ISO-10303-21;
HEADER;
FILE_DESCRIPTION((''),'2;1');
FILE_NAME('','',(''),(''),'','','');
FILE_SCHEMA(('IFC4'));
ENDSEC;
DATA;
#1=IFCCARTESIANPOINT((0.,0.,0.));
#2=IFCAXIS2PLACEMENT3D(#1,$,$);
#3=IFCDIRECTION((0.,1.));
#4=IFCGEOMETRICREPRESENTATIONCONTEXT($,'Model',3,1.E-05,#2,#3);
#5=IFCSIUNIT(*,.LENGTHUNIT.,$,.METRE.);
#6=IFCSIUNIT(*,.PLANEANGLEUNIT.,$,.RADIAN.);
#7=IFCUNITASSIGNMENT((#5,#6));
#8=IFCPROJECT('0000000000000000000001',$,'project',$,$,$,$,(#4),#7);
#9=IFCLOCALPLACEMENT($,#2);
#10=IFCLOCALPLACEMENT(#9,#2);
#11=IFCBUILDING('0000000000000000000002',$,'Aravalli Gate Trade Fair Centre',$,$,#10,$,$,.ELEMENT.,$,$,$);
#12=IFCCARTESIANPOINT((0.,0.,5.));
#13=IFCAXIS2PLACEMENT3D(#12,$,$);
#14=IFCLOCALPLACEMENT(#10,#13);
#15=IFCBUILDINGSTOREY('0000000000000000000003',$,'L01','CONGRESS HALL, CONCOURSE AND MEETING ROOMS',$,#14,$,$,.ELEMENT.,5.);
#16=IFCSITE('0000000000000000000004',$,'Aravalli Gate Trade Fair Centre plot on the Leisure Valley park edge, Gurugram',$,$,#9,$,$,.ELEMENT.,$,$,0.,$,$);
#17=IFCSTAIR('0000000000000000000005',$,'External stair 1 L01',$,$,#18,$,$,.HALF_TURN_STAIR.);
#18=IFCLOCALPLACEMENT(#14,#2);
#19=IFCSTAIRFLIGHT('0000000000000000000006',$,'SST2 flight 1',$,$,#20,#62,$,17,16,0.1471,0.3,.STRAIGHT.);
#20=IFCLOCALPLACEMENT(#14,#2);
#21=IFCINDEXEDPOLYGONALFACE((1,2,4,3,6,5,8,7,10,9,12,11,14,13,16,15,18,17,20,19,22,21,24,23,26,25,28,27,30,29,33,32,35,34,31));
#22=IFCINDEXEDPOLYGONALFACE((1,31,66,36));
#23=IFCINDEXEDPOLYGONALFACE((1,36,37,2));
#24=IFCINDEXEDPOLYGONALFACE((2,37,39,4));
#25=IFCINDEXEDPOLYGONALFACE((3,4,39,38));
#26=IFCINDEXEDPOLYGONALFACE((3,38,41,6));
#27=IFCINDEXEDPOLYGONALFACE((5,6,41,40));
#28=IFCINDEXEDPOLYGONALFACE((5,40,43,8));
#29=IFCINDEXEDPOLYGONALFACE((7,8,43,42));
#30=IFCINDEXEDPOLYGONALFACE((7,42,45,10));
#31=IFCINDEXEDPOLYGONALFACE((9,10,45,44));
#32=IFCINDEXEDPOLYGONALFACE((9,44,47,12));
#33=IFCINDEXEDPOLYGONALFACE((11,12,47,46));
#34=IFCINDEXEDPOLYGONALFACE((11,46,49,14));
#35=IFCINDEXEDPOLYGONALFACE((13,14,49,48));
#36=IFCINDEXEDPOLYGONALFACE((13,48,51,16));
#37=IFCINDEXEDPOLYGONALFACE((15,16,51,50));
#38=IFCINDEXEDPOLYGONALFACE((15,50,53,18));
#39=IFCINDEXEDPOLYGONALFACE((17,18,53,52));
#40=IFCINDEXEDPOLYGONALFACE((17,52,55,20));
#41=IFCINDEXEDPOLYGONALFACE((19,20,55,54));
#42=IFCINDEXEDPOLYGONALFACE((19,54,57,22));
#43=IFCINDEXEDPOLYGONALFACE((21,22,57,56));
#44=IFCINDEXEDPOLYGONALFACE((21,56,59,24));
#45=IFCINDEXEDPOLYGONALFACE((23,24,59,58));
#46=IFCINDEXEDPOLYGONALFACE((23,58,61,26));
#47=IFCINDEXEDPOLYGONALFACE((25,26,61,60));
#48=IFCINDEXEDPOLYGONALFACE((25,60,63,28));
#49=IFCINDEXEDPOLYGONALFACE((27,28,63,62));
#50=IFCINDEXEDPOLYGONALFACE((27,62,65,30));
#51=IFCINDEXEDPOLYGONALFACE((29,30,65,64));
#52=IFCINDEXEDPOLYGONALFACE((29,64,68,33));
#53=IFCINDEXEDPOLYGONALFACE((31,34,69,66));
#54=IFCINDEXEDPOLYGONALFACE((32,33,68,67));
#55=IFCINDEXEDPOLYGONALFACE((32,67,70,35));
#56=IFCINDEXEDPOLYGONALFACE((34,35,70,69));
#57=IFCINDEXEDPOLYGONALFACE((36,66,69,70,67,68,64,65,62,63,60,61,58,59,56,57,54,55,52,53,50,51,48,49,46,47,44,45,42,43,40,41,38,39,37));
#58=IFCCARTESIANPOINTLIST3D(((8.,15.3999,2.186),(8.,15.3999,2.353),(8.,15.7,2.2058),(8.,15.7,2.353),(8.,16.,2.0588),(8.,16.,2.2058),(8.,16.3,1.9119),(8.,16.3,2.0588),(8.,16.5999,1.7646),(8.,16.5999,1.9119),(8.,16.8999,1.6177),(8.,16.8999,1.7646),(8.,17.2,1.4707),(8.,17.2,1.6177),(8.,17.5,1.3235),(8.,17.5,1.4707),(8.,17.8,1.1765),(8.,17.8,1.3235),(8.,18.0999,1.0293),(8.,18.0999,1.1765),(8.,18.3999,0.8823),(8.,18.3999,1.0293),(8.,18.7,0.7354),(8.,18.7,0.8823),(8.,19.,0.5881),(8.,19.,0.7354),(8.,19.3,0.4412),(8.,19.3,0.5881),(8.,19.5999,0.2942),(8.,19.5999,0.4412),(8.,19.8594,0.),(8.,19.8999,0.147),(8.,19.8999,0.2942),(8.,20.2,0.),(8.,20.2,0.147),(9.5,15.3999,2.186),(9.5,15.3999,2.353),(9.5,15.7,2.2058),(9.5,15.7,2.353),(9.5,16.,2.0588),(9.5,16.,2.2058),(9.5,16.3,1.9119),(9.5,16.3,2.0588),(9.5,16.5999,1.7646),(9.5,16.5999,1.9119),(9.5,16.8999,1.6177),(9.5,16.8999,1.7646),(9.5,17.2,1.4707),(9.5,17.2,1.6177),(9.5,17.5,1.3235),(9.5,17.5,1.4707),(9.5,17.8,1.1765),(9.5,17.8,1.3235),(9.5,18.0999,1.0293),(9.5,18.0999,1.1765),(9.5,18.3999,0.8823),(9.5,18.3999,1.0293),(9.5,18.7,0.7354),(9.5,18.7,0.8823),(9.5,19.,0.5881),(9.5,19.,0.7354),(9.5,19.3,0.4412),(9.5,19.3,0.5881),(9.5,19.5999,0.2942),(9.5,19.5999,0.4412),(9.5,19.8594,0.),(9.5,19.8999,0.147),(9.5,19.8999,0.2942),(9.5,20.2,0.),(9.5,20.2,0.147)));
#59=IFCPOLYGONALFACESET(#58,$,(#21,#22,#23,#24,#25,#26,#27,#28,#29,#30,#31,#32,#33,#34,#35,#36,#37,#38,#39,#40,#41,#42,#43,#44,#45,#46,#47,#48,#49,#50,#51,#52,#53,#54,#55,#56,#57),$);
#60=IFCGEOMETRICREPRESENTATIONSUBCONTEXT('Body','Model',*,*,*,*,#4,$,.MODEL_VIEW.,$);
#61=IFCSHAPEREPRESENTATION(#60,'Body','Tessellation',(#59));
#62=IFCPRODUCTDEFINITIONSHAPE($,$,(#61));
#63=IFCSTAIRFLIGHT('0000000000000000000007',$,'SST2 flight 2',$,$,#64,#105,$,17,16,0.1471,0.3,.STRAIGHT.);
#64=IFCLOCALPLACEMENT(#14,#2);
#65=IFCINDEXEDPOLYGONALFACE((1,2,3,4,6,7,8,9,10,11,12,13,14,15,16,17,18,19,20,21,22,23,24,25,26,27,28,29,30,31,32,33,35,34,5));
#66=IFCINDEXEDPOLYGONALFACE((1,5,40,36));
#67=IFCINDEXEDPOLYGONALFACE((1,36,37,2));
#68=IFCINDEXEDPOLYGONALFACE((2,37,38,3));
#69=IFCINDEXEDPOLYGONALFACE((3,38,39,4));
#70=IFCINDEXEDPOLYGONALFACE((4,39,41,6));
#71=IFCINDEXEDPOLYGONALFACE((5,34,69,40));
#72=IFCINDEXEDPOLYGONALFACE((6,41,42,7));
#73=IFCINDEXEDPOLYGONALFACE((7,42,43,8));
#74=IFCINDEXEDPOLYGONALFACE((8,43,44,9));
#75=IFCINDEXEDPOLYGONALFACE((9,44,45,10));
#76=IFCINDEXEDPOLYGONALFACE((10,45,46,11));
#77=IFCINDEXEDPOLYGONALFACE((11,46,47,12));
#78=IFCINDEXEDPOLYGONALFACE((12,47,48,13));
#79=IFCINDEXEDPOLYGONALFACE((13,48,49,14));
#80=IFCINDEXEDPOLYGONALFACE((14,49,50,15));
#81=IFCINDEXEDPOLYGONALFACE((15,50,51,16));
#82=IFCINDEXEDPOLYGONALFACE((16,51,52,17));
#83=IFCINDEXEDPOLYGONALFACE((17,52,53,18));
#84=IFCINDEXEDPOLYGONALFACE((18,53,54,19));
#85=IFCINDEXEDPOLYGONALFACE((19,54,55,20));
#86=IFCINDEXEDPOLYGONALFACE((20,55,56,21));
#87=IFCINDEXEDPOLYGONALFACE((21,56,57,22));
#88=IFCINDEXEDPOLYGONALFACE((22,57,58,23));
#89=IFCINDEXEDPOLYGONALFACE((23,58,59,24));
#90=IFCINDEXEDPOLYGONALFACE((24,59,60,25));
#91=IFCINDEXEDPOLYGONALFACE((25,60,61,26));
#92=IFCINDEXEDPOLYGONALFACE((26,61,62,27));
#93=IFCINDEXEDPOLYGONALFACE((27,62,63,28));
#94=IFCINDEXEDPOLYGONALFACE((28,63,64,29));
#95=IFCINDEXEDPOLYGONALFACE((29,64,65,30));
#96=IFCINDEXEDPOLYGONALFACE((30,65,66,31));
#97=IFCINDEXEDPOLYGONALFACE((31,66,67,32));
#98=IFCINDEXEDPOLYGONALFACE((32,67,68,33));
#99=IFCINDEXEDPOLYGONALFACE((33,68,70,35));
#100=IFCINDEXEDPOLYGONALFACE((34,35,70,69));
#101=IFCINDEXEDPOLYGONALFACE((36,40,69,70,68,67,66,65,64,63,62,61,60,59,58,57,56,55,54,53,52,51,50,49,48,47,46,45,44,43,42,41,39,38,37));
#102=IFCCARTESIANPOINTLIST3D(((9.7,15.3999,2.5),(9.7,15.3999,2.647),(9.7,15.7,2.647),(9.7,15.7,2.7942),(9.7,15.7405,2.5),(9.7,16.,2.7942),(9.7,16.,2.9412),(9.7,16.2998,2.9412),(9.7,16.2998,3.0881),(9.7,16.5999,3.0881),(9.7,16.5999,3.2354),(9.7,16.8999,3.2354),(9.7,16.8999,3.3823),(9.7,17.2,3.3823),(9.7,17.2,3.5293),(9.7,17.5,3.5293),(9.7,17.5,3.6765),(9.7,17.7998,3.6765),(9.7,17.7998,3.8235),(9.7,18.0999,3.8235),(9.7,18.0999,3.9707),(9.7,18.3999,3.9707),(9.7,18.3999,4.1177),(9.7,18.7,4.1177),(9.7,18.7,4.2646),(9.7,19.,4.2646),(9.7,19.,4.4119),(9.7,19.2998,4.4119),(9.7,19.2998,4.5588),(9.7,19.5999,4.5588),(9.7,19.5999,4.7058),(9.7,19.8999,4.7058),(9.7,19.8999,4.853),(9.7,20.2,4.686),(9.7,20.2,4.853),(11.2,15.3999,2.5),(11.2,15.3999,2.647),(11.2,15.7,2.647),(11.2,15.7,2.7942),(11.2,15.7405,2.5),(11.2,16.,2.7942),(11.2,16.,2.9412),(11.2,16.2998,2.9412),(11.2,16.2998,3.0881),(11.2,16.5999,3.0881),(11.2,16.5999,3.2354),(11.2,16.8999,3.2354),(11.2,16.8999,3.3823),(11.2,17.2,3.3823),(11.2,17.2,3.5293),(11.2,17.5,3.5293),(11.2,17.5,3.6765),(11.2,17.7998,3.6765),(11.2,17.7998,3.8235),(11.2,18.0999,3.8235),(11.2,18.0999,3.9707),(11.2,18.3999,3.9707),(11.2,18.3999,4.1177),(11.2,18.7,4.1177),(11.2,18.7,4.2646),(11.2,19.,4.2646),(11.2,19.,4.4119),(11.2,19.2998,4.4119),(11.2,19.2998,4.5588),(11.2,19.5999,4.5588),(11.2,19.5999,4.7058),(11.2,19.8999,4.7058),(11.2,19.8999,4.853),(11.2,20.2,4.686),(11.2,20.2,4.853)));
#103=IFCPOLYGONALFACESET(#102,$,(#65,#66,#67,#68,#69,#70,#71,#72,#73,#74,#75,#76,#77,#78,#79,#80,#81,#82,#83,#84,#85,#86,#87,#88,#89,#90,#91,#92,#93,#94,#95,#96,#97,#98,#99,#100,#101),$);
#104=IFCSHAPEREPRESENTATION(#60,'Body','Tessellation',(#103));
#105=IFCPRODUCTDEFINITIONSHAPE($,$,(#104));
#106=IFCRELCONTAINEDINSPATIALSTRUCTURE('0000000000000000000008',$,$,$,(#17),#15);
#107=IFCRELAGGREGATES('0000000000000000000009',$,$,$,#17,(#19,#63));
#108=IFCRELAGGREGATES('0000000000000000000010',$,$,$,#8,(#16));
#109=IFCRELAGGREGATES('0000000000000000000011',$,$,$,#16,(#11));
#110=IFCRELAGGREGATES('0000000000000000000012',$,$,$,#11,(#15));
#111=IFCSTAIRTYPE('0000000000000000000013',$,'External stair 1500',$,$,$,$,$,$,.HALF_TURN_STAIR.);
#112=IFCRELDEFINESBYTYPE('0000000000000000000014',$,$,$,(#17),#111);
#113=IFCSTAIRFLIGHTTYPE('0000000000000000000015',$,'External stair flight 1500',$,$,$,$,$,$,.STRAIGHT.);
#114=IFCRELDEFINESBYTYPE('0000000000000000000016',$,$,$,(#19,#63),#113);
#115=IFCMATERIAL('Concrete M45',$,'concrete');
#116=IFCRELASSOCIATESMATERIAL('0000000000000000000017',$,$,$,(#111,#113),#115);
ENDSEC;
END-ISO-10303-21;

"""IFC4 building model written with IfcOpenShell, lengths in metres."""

from ifc_helpers import new_model, si_unit, direction, frame, origin, place, context, subcontext, project, spatial, polyline, outline, extrude, material, type_object, element, aggregate, save


model = new_model("IFC4")

# Units and contexts
model_context = context("Model", 3, precision=1e-05, world=origin(), true_north=direction((0.0, 1.0)))
body_context = subcontext(model_context, "Body", "Model", "MODEL_VIEW")
ifc_project = project(units=[si_unit("LENGTHUNIT", "METRE"), si_unit("PLANEANGLEUNIT", "RADIAN")], contexts=[model_context])

# Site, building, storey
site_placement = place(None, origin())
site = spatial("IfcSite", under=ifc_project, at=site_placement, Name="Aravalli Gate Trade Fair Centre plot on the Leisure Valley park edge, Gurugram", CompositionType="ELEMENT", RefElevation=0.0)
building_placement = place(site_placement, origin())
building = spatial("IfcBuilding", under=site, at=building_placement, Name="Aravalli Gate Trade Fair Centre", CompositionType="ELEMENT")
storey_placement = place(building_placement, frame((0.0, 0.0, 5.0)))
storey = spatial("IfcBuildingStorey", under=building, at=storey_placement, Name="L01", Description="CONGRESS HALL, CONCOURSE AND MEETING ROOMS", CompositionType="ELEMENT", Elevation=5.0)

# Shared definitions
ifc_material_1 = material(Name="Concrete M45", Category="concrete")

# Stair, stair flights
stair_type = type_object("IfcStairType", Name="External stair 1500", PredefinedType="HALF_TURN_STAIR", material=ifc_material_1)
stair_placement = place(storey_placement, origin())
stair = element("IfcStair", 1, at=stair_placement, inside=storey, type_object=stair_type, Name="External stair 1 L01", PredefinedType="HALF_TURN_STAIR")
stair_flight_type = type_object("IfcStairFlightType", Name="External stair flight 1500", PredefinedType="STRAIGHT", material=ifc_material_1)
stair_flight_1_placement = place(storey_placement, frame((8.75, 20.2, 0.0), z_axis=(0.0, 0.0, 1.0), x_axis=(0.0, -1.0, 0.0)))
stair_flight_1 = element("IfcStairFlight", 2, at=stair_flight_1_placement, type_object=stair_flight_type, Name="SST2 flight 1", NumberOfRisers=17, NumberOfTreads=16, PredefinedType="STRAIGHT", RiserHeight=0.1471, TreadLength=0.3, context=body_context, shape_type="SweptSolid", body=[
    extrude(outline(polyline([(0.0, 0.0), (0.0, 0.147), (0.3, 0.147), (0.3, 0.2942), (0.6001, 0.2942), (0.6001, 0.4412), (0.8999, 0.4412), (0.8999, 0.5881), (1.2, 0.5881), (1.2, 0.7354), (1.5, 0.7354), (1.5, 0.8823), (1.8, 0.8823), (1.8, 1.0293), (2.1001, 1.0293), (2.1001, 1.1765), (2.3999, 1.1765), (2.3999, 1.3235), (2.7, 1.3235), (2.7, 1.4707), (3.0, 1.4707), (3.0, 1.6177), (3.3, 1.6177), (3.3, 1.7646), (3.6001, 1.7646), (3.6001, 1.9119), (3.8999, 1.9119), (3.8999, 2.0588), (4.2, 2.0588), (4.2, 2.2058), (4.5, 2.2058), (4.5, 2.353), (4.8, 2.353), (4.8, 2.5), (4.8, 2.186), (0.3406, 0.0), (0.0, 0.0)])), frame((0.0, 0.75, 0.0), z_axis=(0.0, -1.0, 0.0), x_axis=(1.0, 0.0, 0.0)), (0.0, 0.0, 1.0), 1.5),
])
stair_flight_2_placement = place(storey_placement, frame((10.45, 15.3999, 2.5), z_axis=(0.0, 0.0, 1.0), x_axis=(0.0, 1.0, 0.0)))
stair_flight_2 = element("IfcStairFlight", 3, at=stair_flight_2_placement, type_object=stair_flight_type, Name="SST2 flight 2", NumberOfRisers=17, NumberOfTreads=16, PredefinedType="STRAIGHT", RiserHeight=0.1471, TreadLength=0.3, context=body_context, shape_type="SweptSolid", body=[
    extrude(outline(polyline([(0.0, 0.0), (0.0, 0.147), (0.3, 0.147), (0.3, 0.2942), (0.6001, 0.2942), (0.6001, 0.4412), (0.8999, 0.4412), (0.8999, 0.5881), (1.2, 0.5881), (1.2, 0.7354), (1.5, 0.7354), (1.5, 0.8823), (1.8, 0.8823), (1.8, 1.0293), (2.1001, 1.0293), (2.1001, 1.1765), (2.3999, 1.1765), (2.3999, 1.3235), (2.7, 1.3235), (2.7, 1.4707), (3.0, 1.4707), (3.0, 1.6177), (3.3, 1.6177), (3.3, 1.7646), (3.6001, 1.7646), (3.6001, 1.9119), (3.8999, 1.9119), (3.8999, 2.0588), (4.2, 2.0588), (4.2, 2.2058), (4.5, 2.2058), (4.5, 2.353), (4.8, 2.353), (4.8, 2.5), (4.8, 2.186), (0.3406, 0.0), (0.0, 0.0)])), frame((0.0, 0.75, 0.0), z_axis=(0.0, -1.0, 0.0), x_axis=(1.0, 0.0, 0.0)), (0.0, 0.0, 1.0), 1.5),
])
aggregate(stair, [stair_flight_1, stair_flight_2])

save(model, "model.ifc")
